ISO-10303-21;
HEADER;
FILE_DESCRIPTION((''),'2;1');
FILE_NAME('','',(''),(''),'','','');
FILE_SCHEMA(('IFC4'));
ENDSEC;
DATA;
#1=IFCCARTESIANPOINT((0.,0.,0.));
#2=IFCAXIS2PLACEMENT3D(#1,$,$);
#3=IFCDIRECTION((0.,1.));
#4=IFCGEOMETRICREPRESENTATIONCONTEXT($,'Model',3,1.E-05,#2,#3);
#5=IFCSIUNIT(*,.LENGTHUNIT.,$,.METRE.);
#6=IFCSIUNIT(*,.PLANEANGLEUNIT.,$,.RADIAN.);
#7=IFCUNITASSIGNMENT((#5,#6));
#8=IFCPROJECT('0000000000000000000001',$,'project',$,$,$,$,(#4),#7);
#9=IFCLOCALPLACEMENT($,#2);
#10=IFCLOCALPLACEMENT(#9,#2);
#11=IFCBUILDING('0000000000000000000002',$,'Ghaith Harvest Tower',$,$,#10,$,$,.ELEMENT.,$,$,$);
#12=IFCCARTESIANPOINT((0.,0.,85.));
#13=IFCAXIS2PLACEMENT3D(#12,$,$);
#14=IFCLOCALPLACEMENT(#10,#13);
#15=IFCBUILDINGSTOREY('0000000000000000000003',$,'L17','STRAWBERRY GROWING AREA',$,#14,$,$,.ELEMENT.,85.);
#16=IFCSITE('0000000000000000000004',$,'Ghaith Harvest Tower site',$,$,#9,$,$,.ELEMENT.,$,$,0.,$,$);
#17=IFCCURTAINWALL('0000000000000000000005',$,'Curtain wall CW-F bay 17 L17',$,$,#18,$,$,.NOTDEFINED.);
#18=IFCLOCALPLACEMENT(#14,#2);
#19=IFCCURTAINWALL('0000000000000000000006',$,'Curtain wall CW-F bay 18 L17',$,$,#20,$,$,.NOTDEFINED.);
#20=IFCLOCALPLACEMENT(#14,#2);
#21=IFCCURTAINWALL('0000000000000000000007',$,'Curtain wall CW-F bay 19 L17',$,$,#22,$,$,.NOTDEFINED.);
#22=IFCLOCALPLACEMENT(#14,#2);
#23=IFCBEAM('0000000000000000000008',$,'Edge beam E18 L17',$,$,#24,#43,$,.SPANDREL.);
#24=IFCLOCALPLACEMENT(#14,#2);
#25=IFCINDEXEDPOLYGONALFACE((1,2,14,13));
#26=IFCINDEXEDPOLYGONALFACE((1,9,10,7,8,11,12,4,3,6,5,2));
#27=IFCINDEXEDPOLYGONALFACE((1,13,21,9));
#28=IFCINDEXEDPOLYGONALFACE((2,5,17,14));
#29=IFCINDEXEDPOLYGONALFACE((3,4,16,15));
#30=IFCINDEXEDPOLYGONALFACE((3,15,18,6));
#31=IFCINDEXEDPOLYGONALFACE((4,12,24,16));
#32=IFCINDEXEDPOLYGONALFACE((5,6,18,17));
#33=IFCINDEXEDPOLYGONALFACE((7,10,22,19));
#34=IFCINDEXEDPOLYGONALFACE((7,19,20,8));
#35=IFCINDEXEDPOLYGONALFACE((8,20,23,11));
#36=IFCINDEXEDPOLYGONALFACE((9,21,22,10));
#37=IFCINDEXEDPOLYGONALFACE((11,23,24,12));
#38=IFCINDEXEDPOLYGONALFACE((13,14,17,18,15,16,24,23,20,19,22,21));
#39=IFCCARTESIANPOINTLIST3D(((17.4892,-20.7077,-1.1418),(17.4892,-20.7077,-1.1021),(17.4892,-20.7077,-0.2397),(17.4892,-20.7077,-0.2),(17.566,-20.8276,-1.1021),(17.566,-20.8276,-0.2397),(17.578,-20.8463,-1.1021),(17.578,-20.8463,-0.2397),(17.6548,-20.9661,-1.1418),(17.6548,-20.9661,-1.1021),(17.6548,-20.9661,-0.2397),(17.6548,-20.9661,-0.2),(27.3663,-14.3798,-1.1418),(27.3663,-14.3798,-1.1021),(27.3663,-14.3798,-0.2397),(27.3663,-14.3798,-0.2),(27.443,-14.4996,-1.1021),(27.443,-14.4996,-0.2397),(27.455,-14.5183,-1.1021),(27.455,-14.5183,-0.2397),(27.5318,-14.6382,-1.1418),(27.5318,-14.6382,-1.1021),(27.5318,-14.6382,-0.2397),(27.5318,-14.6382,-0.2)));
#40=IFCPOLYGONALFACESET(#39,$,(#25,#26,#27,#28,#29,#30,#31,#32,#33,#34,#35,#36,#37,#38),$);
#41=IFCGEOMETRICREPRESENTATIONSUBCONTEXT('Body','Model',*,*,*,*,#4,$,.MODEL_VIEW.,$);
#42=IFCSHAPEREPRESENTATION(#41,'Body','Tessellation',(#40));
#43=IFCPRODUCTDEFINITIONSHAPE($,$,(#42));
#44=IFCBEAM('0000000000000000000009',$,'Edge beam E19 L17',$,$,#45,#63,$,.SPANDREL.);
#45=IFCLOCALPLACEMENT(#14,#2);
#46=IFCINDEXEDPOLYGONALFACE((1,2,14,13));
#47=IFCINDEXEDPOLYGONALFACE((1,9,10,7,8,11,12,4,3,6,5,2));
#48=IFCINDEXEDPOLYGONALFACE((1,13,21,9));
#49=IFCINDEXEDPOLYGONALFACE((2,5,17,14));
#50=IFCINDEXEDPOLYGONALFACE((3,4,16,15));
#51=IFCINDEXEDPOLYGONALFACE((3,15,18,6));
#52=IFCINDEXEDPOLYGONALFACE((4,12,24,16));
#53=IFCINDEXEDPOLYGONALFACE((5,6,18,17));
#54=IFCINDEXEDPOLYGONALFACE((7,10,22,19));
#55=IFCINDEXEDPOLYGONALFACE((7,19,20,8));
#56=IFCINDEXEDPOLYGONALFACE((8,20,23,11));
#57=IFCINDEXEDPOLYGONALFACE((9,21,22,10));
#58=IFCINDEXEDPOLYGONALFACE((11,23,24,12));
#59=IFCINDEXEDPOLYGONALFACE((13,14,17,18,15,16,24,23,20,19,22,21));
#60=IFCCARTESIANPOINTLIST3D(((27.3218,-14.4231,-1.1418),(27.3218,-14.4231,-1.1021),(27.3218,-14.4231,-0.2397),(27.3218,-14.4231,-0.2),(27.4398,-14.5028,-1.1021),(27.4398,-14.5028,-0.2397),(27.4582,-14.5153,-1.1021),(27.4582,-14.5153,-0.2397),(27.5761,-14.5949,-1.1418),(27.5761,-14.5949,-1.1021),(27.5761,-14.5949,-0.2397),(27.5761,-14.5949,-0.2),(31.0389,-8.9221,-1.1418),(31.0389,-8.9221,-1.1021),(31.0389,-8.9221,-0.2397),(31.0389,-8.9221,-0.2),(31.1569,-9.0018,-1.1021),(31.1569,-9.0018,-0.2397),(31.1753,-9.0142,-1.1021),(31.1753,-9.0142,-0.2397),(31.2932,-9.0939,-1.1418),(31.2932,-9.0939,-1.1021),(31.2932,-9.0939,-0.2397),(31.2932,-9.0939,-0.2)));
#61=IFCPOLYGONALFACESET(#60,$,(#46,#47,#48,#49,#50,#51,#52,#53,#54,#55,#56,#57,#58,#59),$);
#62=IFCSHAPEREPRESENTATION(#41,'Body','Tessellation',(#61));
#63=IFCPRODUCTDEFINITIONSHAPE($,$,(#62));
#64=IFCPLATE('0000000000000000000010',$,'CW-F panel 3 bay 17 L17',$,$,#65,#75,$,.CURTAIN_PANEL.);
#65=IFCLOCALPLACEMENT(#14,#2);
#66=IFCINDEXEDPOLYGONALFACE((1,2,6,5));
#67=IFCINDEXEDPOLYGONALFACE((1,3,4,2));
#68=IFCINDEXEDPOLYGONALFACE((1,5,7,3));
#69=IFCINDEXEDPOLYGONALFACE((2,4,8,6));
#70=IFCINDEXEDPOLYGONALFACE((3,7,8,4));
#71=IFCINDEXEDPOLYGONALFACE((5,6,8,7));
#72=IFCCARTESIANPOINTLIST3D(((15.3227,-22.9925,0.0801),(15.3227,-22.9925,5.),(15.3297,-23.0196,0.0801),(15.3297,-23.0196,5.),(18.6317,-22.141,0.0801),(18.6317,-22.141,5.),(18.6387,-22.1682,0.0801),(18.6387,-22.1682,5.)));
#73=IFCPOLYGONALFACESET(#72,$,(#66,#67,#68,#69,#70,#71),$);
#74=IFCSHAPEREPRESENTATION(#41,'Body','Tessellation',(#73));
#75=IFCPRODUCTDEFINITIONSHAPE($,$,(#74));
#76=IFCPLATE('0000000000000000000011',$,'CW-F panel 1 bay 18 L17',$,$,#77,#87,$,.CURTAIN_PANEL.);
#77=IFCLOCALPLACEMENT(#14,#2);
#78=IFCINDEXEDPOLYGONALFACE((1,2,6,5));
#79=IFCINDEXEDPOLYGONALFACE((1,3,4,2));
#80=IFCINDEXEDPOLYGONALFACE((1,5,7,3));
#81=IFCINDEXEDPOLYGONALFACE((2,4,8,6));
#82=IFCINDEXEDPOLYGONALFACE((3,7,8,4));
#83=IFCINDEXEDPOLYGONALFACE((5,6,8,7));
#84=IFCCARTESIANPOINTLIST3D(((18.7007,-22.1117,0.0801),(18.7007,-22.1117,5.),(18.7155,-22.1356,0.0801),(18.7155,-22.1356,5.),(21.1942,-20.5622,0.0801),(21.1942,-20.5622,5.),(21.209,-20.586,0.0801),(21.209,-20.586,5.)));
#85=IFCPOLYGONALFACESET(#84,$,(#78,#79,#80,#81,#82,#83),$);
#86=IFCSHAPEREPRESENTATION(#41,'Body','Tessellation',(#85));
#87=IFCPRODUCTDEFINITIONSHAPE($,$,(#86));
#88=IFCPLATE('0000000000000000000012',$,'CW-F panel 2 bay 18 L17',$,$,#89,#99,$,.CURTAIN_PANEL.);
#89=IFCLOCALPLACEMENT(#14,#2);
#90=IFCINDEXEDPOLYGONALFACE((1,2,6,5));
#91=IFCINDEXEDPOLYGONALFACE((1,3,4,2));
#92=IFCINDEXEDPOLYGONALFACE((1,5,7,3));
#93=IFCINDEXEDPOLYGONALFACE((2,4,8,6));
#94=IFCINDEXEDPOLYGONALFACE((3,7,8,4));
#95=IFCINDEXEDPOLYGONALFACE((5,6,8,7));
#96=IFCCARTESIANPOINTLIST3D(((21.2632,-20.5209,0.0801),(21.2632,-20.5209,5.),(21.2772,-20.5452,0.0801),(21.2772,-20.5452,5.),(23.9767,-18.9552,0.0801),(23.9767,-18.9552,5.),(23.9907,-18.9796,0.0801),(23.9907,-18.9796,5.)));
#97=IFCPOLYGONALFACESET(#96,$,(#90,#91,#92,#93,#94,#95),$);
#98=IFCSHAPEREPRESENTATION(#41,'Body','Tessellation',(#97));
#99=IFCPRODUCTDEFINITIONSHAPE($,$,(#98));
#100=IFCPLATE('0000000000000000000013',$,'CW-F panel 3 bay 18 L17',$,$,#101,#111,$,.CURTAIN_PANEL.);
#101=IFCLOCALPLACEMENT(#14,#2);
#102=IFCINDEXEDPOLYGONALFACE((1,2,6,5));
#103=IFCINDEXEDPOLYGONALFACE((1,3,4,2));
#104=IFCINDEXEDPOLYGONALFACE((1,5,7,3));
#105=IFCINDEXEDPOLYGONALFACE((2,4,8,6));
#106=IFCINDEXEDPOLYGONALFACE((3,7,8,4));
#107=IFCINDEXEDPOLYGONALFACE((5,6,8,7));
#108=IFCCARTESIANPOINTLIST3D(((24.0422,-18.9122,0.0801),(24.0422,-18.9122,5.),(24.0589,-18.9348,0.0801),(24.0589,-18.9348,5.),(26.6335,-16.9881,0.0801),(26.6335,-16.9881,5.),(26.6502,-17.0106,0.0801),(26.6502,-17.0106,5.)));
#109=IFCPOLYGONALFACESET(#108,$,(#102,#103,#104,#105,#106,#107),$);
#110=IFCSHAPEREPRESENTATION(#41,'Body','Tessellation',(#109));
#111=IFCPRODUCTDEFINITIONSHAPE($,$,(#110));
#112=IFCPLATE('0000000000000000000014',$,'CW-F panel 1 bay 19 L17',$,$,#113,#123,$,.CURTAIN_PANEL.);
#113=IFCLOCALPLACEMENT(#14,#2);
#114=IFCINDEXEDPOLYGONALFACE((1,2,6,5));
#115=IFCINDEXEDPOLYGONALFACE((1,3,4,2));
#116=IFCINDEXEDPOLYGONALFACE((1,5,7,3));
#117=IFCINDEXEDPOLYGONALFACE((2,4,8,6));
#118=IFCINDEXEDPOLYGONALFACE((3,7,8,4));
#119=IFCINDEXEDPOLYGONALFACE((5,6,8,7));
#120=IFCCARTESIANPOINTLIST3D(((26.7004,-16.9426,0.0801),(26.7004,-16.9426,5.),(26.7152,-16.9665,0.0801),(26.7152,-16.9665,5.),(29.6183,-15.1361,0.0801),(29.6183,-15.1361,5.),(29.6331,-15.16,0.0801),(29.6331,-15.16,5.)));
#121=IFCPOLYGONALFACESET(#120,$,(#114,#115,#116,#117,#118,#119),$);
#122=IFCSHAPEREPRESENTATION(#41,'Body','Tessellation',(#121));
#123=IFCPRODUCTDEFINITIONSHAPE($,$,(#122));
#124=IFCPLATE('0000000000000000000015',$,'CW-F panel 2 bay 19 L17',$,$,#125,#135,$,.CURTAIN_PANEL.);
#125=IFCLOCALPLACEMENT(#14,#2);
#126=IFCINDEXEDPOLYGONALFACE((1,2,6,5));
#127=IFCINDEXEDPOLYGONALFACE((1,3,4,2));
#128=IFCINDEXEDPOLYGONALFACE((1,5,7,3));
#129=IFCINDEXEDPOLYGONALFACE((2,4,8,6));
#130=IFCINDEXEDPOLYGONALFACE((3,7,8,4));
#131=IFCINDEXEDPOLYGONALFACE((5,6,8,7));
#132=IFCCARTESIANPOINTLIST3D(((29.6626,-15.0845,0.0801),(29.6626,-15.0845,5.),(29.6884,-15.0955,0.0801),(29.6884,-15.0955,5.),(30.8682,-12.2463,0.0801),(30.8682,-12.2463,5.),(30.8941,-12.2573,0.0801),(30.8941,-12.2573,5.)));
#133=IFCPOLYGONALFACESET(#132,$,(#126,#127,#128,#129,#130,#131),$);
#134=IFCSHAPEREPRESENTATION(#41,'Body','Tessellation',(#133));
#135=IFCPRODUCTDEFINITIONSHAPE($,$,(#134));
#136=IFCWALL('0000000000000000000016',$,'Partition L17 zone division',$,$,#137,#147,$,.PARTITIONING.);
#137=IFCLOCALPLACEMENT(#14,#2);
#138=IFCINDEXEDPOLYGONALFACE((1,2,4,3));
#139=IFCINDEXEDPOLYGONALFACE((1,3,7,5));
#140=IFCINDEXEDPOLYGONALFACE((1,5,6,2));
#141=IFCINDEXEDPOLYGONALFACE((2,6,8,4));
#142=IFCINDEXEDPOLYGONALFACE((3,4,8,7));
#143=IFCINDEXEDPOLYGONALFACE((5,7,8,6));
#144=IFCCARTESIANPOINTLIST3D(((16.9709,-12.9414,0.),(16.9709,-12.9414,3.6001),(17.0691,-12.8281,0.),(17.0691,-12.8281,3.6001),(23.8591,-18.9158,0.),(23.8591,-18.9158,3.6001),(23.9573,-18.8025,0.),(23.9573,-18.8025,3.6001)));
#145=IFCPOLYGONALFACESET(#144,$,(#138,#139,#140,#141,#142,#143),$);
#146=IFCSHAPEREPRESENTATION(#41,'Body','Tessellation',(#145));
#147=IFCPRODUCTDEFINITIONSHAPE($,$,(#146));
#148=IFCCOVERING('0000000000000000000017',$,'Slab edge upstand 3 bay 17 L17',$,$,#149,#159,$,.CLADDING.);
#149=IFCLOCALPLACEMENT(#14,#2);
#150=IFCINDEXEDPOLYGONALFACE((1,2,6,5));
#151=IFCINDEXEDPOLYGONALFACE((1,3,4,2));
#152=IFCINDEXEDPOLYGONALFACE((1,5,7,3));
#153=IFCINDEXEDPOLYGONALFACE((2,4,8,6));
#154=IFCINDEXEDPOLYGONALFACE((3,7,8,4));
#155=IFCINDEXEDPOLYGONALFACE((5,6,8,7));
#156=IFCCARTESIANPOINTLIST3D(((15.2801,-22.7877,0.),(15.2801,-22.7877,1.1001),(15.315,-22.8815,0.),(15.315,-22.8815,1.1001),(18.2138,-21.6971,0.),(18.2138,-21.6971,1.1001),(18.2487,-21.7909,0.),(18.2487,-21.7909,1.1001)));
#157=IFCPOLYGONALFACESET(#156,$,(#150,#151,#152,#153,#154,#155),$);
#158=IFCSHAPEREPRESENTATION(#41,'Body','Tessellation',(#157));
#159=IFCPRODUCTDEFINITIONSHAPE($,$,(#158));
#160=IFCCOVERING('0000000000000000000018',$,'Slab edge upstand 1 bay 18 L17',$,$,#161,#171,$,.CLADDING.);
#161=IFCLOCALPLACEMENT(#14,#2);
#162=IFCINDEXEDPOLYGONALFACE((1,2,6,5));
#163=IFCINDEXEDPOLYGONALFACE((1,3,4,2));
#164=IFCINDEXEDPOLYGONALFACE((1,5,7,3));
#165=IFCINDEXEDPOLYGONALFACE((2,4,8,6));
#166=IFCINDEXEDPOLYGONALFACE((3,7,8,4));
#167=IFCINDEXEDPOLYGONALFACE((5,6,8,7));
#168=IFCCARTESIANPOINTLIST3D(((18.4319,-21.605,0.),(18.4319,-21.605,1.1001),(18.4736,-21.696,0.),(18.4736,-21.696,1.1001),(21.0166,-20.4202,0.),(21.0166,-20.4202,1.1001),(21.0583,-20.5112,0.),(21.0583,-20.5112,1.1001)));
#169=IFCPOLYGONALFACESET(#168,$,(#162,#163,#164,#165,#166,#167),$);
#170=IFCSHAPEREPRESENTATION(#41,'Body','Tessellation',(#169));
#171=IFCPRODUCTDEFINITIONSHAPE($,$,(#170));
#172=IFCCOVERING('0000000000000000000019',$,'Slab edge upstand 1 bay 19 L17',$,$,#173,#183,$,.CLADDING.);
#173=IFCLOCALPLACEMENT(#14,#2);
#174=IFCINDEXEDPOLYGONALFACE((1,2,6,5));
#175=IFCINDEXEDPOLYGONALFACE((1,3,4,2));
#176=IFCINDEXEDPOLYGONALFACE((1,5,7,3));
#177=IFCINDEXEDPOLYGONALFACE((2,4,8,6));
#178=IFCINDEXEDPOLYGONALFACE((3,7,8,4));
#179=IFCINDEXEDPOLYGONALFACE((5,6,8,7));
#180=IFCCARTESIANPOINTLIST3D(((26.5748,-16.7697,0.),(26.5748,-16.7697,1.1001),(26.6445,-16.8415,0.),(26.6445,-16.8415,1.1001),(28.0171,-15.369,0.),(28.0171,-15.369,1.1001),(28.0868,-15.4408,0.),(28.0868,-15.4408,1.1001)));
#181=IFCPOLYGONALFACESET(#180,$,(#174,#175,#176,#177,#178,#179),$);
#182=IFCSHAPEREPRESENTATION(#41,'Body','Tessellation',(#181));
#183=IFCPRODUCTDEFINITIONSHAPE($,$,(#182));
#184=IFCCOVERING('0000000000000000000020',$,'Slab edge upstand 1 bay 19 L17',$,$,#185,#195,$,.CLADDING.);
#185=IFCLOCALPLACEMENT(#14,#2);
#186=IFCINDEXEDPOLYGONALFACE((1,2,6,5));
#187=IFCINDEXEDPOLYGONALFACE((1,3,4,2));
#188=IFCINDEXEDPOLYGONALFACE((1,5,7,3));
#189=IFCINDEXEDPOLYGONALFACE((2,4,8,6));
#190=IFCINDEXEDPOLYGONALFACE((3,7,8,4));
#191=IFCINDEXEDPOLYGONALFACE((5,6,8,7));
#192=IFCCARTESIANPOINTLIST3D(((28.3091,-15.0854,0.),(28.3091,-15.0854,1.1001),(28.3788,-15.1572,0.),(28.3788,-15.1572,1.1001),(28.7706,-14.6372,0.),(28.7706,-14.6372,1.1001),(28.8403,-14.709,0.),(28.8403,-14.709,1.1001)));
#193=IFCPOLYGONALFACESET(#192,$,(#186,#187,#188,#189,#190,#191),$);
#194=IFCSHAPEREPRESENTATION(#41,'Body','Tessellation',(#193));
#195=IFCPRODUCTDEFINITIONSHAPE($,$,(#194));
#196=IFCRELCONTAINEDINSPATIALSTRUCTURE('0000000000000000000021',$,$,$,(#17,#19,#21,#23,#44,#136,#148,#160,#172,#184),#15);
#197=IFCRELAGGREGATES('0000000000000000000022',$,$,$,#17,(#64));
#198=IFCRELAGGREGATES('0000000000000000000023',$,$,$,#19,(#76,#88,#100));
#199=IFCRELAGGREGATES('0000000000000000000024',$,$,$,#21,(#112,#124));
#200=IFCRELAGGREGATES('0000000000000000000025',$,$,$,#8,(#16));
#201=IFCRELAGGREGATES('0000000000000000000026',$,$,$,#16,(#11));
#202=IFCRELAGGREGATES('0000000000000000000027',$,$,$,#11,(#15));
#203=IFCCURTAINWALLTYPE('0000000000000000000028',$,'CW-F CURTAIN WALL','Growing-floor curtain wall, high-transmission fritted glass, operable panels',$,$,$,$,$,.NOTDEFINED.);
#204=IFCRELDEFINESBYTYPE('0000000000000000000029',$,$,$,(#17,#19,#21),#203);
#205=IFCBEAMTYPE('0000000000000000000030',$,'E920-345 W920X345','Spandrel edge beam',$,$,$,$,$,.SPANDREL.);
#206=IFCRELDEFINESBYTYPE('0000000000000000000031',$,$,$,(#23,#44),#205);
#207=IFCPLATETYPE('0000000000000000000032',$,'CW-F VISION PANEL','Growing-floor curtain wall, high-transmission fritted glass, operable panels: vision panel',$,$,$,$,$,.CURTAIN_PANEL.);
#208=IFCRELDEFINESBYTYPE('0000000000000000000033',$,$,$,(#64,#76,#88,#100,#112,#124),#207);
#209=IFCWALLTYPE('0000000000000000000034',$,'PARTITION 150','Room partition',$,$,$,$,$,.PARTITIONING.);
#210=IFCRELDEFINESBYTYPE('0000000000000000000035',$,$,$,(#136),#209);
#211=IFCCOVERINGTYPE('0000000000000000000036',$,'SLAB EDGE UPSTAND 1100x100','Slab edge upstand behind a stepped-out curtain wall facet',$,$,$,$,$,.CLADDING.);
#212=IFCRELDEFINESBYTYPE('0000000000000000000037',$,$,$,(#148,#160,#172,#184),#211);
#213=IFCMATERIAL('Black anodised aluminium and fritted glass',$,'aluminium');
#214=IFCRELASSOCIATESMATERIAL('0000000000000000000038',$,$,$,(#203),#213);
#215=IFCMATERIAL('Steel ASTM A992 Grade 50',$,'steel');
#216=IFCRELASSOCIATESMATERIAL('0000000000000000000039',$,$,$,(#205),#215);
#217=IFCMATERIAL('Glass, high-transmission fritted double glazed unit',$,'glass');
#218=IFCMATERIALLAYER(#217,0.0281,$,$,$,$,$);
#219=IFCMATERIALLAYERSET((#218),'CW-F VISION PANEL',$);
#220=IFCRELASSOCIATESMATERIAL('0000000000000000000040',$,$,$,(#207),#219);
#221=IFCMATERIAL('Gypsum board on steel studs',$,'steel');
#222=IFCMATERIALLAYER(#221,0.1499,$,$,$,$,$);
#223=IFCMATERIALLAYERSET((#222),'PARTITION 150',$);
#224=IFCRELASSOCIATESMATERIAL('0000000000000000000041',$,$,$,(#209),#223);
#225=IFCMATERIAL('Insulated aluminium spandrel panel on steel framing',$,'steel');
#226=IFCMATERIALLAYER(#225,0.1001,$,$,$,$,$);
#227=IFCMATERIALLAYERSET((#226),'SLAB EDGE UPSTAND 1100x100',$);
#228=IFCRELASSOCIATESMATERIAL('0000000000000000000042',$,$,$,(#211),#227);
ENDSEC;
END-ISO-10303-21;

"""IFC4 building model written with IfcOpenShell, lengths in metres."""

from ifc_helpers import new_model, si_unit, direction, frame, frame_2d, origin, origin_2d, place, context, subcontext, project, spatial, rectangle, i_section, extrude, material, layer, layer_set, material_profile, profile_set, type_object, element, aggregate, save


model = new_model("IFC4")

# Units and contexts
model_context = context("Model", 3, precision=1e-05, world=origin(), true_north=direction((0.0, 1.0)))
body_context = subcontext(model_context, "Body", "Model", "MODEL_VIEW")
ifc_project = project(units=[si_unit("LENGTHUNIT", "METRE"), si_unit("PLANEANGLEUNIT", "RADIAN")], contexts=[model_context])

# Site, building, storey
site_placement = place(None, origin())
site = spatial("IfcSite", under=ifc_project, at=site_placement, Name="Ghaith Harvest Tower site", CompositionType="ELEMENT", RefElevation=0.0)
building_placement = place(site_placement, origin())
building = spatial("IfcBuilding", under=site, at=building_placement, Name="Ghaith Harvest Tower", CompositionType="ELEMENT")
storey_placement = place(building_placement, frame((0.0, 0.0, 85.0)))
storey = spatial("IfcBuildingStorey", under=building, at=storey_placement, Name="L17", Description="STRAWBERRY GROWING AREA", CompositionType="ELEMENT", Elevation=85.0)

# Curtain wall
ifc_material_1 = material(Name="Black anodised aluminium and fritted glass", Category="aluminium")
curtain_wall_type = type_object("IfcCurtainWallType", Name="CW-F CURTAIN WALL", Description="Growing-floor curtain wall, high-transmission fritted glass, operable panels", PredefinedType="NOTDEFINED", material=ifc_material_1)
curtain_wall_1_placement = place(storey_placement, origin())
curtain_wall_1 = element("IfcCurtainWall", 1, at=curtain_wall_1_placement, inside=storey, type_object=curtain_wall_type, Name="Curtain wall CW-F bay 17 L17", PredefinedType="NOTDEFINED")

# Curtain walls
curtain_wall_2_placement = place(storey_placement, origin())
curtain_wall_2 = element("IfcCurtainWall", 2, at=curtain_wall_2_placement, inside=storey, type_object=curtain_wall_type, Name="Curtain wall CW-F bay 18 L17", PredefinedType="NOTDEFINED")
curtain_wall_3_placement = place(storey_placement, origin())
curtain_wall_3 = element("IfcCurtainWall", 3, at=curtain_wall_3_placement, inside=storey, type_object=curtain_wall_type, Name="Curtain wall CW-F bay 19 L17", PredefinedType="NOTDEFINED")

# Beams
ifc_material_2 = material(Name="Steel ASTM A992 Grade 50", Category="steel")
ifc_material_profile_1 = material_profile(ifc_material_2, i_section(OverallWidth=0.3069, OverallDepth=0.9419, WebThickness=0.0222, FlangeThickness=0.0398, at=origin_2d()), Name="W920X345")
ifc_profile_set_1 = profile_set([ifc_material_profile_1], Name="Steel ASTM A992 Grade 50")
beam_type = type_object("IfcBeamType", Name="E920-345 W920X345", Description="Spandrel edge beam", PredefinedType="SPANDREL", material=ifc_profile_set_1)
beam_1_placement = place(storey_placement, frame((17.572, -20.8369, -0.6709), z_axis=(0.842015, 0.539455, 0.0), x_axis=(-0.539455, 0.842015, 0.0)))
element("IfcBeam", 4, at=beam_1_placement, inside=storey, type_object=beam_type, Name="Edge beam E18 L17", PredefinedType="SPANDREL", context=body_context, shape_type="SweptSolid", body=[
    extrude(i_section(OverallWidth=0.3069, OverallDepth=0.9419, WebThickness=0.0222, FlangeThickness=0.0398, at=origin_2d()), origin(), (0.0, 0.0, 1.0), 11.7302),
])
beam_2_placement = place(storey_placement, frame((27.449, -14.509, -0.6709), z_axis=(0.559874, 0.828577, 0.0), x_axis=(-0.828577, 0.559874, 0.0)))
element("IfcBeam", 5, at=beam_2_placement, inside=storey, type_object=beam_type, Name="Edge beam E19 L17", PredefinedType="SPANDREL", context=body_context, shape_type="SweptSolid", body=[
    extrude(i_section(OverallWidth=0.3069, OverallDepth=0.9419, WebThickness=0.0222, FlangeThickness=0.0398, at=origin_2d()), origin(), (0.0, 0.0, 1.0), 6.6392),
])

# Plates
ifc_material_3 = material(Name="Glass, high-transmission fritted double glazed unit", Category="glass")
ifc_layer_1 = layer(ifc_material_3, 0.0281)
ifc_layer_set_1 = layer_set([ifc_layer_1], Name="CW-F VISION PANEL")
plate_type = type_object("IfcPlateType", Name="CW-F VISION PANEL", Description="Growing-floor curtain wall, high-transmission fritted glass, operable panels: vision panel", PredefinedType="CURTAIN_PANEL", material=ifc_layer_set_1)
plate_1_placement = place(storey_placement, frame((16.9807, -22.5803, 0.0801), z_axis=(0.0, 0.0, 1.0), x_axis=(0.968451, 0.249202, 0.0)))
plate_1 = element("IfcPlate", 6, at=plate_1_placement, type_object=plate_type, Name="CW-F panel 3 bay 17 L17", PredefinedType="CURTAIN_PANEL", context=body_context, shape_type="SweptSolid", body=[
    extrude(rectangle(XDim=3.4167, YDim=0.0281, at=origin_2d()), origin(), (0.0, 0.0, 1.0), 4.9199),
])
aggregate(curtain_wall_1, [plate_1])
plate_2_placement = place(storey_placement, frame((19.9548, -21.3489, 0.0801), z_axis=(0.0, 0.0, 1.0), x_axis=(0.849361, 0.527813, 0.0)))
plate_2 = element("IfcPlate", 7, at=plate_2_placement, type_object=plate_type, Name="CW-F panel 1 bay 18 L17", PredefinedType="CURTAIN_PANEL", context=body_context, shape_type="SweptSolid", body=[
    extrude(rectangle(XDim=2.9358, YDim=0.0281, at=origin_2d()), origin(), (0.0, 0.0, 1.0), 4.9199),
])
plate_3_placement = place(storey_placement, frame((22.627, -19.7502, 0.0801), z_axis=(0.0, 0.0, 1.0), x_axis=(0.866159, 0.499768, 0.0)))
plate_3 = element("IfcPlate", 8, at=plate_3_placement, type_object=plate_type, Name="CW-F panel 2 bay 18 L17", PredefinedType="CURTAIN_PANEL", context=body_context, shape_type="SweptSolid", body=[
    extrude(rectangle(XDim=3.1328, YDim=0.0281, at=origin_2d()), origin(), (0.0, 0.0, 1.0), 4.9199),
])
plate_4_placement = place(storey_placement, frame((25.3462, -17.9614, 0.0801), z_axis=(0.0, 0.0, 1.0), x_axis=(0.802867, 0.596158, 0.0)))
plate_4 = element("IfcPlate", 9, at=plate_4_placement, type_object=plate_type, Name="CW-F panel 3 bay 18 L17", PredefinedType="CURTAIN_PANEL", context=body_context, shape_type="SweptSolid", body=[
    extrude(rectangle(XDim=3.2275, YDim=0.0281, at=origin_2d()), origin(), (0.0, 0.0, 1.0), 4.9199),
])
aggregate(curtain_wall_2, [plate_2, plate_3, plate_4])
plate_5_placement = place(storey_placement, frame((28.1667, -16.0513, 0.0801), z_axis=(0.0, 0.0, 1.0), x_axis=(0.850246, 0.526386, 0.0)))
plate_5 = element("IfcPlate", 10, at=plate_5_placement, type_object=plate_type, Name="CW-F panel 1 bay 19 L17", PredefinedType="CURTAIN_PANEL", context=body_context, shape_type="SweptSolid", body=[
    extrude(rectangle(XDim=3.4319, YDim=0.0281, at=origin_2d()), origin(), (0.0, 0.0, 1.0), 4.9199),
])
plate_6_placement = place(storey_placement, frame((30.2783, -13.6709, 0.0801), z_axis=(0.0, 0.0, 1.0), x_axis=(0.39098, 0.920399, 0.0)))
plate_6 = element("IfcPlate", 11, at=plate_6_placement, type_object=plate_type, Name="CW-F panel 2 bay 19 L17", PredefinedType="CURTAIN_PANEL", context=body_context, shape_type="SweptSolid", body=[
    extrude(rectangle(XDim=3.0837, YDim=0.0281, at=origin_2d()), origin(), (0.0, 0.0, 1.0), 4.9199),
])
aggregate(curtain_wall_3, [plate_5, plate_6])

# Wall
ifc_material_4 = material(Name="Gypsum board on steel studs", Category="steel")
ifc_layer_2 = layer(ifc_material_4, 0.1499)
ifc_layer_set_2 = layer_set([ifc_layer_2], Name="PARTITION 150")
wall_type = type_object("IfcWallType", Name="PARTITION 150", Description="Room partition", PredefinedType="PARTITIONING", material=ifc_layer_set_2)
wall_placement = place(storey_placement, frame((17.02, -12.8848, 0.0), z_axis=(0.0, 0.0, 1.0), x_axis=(0.755439, -0.655219, 0.0)))
element("IfcWall", 12, at=wall_placement, inside=storey, type_object=wall_type, Name="Partition L17 zone division", PredefinedType="PARTITIONING", context=body_context, shape_type="SweptSolid", body=[
    extrude(rectangle(XDim=9.1182, YDim=0.1499, at=frame_2d((4.5591, 0.0))), origin(), (0.0, 0.0, 1.0), 3.6001),
])

# Coverings
ifc_material_5 = material(Name="Insulated aluminium spandrel panel on steel framing", Category="steel")
ifc_layer_3 = layer(ifc_material_5, 0.1001)
ifc_layer_set_3 = layer_set([ifc_layer_3], Name="SLAB EDGE UPSTAND 1100x100")
covering_type = type_object("IfcCoveringType", Name="SLAB EDGE UPSTAND 1100x100", Description="Slab edge upstand behind a stepped-out curtain wall facet", PredefinedType="CLADDING", material=ifc_layer_set_3)
covering_1_placement = place(storey_placement, frame((16.7644, -22.2893, 0.0), z_axis=(0.0, 0.0, 1.0), x_axis=(0.937332, 0.348438, 0.0)))
element("IfcCovering", 13, at=covering_1_placement, inside=storey, type_object=covering_type, Name="Slab edge upstand 3 bay 17 L17", PredefinedType="CLADDING", context=body_context, shape_type="SweptSolid", body=[
    extrude(rectangle(XDim=3.1299, YDim=0.1001, at=origin_2d()), origin(), (0.0, 0.0, 1.0), 1.1001),
])
covering_2_placement = place(storey_placement, frame((19.7451, -21.0581, 0.0), z_axis=(0.0, 0.0, 1.0), x_axis=(0.909046, 0.416696, 0.0)))
element("IfcCovering", 14, at=covering_2_placement, inside=storey, type_object=covering_type, Name="Slab edge upstand 1 bay 18 L17", PredefinedType="CLADDING", context=body_context, shape_type="SweptSolid", body=[
    extrude(rectangle(XDim=2.8433, YDim=0.1001, at=origin_2d()), origin(), (0.0, 0.0, 1.0), 1.1001),
])
covering_3_placement = place(storey_placement, frame((27.3308, -16.1052, 0.0), z_axis=(0.0, 0.0, 1.0), x_axis=(0.717386, 0.696675, 0.0)))
element("IfcCovering", 15, at=covering_3_placement, inside=storey, type_object=covering_type, Name="Slab edge upstand 1 bay 19 L17", PredefinedType="CLADDING", context=body_context, shape_type="SweptSolid", body=[
    extrude(rectangle(XDim=2.0105, YDim=0.1001, at=origin_2d()), origin(), (0.0, 0.0, 1.0), 1.1001),
])
covering_4_placement = place(storey_placement, frame((28.5747, -14.8972, 0.0), z_axis=(0.0, 0.0, 1.0), x_axis=(0.717386, 0.696675, 0.0)))
element("IfcCovering", 16, at=covering_4_placement, inside=storey, type_object=covering_type, Name="Slab edge upstand 1 bay 19 L17", PredefinedType="CLADDING", context=body_context, shape_type="SweptSolid", body=[
    extrude(rectangle(XDim=0.6433, YDim=0.1001, at=origin_2d()), origin(), (0.0, 0.0, 1.0), 1.1001),
])

save(model, "model.ifc")
